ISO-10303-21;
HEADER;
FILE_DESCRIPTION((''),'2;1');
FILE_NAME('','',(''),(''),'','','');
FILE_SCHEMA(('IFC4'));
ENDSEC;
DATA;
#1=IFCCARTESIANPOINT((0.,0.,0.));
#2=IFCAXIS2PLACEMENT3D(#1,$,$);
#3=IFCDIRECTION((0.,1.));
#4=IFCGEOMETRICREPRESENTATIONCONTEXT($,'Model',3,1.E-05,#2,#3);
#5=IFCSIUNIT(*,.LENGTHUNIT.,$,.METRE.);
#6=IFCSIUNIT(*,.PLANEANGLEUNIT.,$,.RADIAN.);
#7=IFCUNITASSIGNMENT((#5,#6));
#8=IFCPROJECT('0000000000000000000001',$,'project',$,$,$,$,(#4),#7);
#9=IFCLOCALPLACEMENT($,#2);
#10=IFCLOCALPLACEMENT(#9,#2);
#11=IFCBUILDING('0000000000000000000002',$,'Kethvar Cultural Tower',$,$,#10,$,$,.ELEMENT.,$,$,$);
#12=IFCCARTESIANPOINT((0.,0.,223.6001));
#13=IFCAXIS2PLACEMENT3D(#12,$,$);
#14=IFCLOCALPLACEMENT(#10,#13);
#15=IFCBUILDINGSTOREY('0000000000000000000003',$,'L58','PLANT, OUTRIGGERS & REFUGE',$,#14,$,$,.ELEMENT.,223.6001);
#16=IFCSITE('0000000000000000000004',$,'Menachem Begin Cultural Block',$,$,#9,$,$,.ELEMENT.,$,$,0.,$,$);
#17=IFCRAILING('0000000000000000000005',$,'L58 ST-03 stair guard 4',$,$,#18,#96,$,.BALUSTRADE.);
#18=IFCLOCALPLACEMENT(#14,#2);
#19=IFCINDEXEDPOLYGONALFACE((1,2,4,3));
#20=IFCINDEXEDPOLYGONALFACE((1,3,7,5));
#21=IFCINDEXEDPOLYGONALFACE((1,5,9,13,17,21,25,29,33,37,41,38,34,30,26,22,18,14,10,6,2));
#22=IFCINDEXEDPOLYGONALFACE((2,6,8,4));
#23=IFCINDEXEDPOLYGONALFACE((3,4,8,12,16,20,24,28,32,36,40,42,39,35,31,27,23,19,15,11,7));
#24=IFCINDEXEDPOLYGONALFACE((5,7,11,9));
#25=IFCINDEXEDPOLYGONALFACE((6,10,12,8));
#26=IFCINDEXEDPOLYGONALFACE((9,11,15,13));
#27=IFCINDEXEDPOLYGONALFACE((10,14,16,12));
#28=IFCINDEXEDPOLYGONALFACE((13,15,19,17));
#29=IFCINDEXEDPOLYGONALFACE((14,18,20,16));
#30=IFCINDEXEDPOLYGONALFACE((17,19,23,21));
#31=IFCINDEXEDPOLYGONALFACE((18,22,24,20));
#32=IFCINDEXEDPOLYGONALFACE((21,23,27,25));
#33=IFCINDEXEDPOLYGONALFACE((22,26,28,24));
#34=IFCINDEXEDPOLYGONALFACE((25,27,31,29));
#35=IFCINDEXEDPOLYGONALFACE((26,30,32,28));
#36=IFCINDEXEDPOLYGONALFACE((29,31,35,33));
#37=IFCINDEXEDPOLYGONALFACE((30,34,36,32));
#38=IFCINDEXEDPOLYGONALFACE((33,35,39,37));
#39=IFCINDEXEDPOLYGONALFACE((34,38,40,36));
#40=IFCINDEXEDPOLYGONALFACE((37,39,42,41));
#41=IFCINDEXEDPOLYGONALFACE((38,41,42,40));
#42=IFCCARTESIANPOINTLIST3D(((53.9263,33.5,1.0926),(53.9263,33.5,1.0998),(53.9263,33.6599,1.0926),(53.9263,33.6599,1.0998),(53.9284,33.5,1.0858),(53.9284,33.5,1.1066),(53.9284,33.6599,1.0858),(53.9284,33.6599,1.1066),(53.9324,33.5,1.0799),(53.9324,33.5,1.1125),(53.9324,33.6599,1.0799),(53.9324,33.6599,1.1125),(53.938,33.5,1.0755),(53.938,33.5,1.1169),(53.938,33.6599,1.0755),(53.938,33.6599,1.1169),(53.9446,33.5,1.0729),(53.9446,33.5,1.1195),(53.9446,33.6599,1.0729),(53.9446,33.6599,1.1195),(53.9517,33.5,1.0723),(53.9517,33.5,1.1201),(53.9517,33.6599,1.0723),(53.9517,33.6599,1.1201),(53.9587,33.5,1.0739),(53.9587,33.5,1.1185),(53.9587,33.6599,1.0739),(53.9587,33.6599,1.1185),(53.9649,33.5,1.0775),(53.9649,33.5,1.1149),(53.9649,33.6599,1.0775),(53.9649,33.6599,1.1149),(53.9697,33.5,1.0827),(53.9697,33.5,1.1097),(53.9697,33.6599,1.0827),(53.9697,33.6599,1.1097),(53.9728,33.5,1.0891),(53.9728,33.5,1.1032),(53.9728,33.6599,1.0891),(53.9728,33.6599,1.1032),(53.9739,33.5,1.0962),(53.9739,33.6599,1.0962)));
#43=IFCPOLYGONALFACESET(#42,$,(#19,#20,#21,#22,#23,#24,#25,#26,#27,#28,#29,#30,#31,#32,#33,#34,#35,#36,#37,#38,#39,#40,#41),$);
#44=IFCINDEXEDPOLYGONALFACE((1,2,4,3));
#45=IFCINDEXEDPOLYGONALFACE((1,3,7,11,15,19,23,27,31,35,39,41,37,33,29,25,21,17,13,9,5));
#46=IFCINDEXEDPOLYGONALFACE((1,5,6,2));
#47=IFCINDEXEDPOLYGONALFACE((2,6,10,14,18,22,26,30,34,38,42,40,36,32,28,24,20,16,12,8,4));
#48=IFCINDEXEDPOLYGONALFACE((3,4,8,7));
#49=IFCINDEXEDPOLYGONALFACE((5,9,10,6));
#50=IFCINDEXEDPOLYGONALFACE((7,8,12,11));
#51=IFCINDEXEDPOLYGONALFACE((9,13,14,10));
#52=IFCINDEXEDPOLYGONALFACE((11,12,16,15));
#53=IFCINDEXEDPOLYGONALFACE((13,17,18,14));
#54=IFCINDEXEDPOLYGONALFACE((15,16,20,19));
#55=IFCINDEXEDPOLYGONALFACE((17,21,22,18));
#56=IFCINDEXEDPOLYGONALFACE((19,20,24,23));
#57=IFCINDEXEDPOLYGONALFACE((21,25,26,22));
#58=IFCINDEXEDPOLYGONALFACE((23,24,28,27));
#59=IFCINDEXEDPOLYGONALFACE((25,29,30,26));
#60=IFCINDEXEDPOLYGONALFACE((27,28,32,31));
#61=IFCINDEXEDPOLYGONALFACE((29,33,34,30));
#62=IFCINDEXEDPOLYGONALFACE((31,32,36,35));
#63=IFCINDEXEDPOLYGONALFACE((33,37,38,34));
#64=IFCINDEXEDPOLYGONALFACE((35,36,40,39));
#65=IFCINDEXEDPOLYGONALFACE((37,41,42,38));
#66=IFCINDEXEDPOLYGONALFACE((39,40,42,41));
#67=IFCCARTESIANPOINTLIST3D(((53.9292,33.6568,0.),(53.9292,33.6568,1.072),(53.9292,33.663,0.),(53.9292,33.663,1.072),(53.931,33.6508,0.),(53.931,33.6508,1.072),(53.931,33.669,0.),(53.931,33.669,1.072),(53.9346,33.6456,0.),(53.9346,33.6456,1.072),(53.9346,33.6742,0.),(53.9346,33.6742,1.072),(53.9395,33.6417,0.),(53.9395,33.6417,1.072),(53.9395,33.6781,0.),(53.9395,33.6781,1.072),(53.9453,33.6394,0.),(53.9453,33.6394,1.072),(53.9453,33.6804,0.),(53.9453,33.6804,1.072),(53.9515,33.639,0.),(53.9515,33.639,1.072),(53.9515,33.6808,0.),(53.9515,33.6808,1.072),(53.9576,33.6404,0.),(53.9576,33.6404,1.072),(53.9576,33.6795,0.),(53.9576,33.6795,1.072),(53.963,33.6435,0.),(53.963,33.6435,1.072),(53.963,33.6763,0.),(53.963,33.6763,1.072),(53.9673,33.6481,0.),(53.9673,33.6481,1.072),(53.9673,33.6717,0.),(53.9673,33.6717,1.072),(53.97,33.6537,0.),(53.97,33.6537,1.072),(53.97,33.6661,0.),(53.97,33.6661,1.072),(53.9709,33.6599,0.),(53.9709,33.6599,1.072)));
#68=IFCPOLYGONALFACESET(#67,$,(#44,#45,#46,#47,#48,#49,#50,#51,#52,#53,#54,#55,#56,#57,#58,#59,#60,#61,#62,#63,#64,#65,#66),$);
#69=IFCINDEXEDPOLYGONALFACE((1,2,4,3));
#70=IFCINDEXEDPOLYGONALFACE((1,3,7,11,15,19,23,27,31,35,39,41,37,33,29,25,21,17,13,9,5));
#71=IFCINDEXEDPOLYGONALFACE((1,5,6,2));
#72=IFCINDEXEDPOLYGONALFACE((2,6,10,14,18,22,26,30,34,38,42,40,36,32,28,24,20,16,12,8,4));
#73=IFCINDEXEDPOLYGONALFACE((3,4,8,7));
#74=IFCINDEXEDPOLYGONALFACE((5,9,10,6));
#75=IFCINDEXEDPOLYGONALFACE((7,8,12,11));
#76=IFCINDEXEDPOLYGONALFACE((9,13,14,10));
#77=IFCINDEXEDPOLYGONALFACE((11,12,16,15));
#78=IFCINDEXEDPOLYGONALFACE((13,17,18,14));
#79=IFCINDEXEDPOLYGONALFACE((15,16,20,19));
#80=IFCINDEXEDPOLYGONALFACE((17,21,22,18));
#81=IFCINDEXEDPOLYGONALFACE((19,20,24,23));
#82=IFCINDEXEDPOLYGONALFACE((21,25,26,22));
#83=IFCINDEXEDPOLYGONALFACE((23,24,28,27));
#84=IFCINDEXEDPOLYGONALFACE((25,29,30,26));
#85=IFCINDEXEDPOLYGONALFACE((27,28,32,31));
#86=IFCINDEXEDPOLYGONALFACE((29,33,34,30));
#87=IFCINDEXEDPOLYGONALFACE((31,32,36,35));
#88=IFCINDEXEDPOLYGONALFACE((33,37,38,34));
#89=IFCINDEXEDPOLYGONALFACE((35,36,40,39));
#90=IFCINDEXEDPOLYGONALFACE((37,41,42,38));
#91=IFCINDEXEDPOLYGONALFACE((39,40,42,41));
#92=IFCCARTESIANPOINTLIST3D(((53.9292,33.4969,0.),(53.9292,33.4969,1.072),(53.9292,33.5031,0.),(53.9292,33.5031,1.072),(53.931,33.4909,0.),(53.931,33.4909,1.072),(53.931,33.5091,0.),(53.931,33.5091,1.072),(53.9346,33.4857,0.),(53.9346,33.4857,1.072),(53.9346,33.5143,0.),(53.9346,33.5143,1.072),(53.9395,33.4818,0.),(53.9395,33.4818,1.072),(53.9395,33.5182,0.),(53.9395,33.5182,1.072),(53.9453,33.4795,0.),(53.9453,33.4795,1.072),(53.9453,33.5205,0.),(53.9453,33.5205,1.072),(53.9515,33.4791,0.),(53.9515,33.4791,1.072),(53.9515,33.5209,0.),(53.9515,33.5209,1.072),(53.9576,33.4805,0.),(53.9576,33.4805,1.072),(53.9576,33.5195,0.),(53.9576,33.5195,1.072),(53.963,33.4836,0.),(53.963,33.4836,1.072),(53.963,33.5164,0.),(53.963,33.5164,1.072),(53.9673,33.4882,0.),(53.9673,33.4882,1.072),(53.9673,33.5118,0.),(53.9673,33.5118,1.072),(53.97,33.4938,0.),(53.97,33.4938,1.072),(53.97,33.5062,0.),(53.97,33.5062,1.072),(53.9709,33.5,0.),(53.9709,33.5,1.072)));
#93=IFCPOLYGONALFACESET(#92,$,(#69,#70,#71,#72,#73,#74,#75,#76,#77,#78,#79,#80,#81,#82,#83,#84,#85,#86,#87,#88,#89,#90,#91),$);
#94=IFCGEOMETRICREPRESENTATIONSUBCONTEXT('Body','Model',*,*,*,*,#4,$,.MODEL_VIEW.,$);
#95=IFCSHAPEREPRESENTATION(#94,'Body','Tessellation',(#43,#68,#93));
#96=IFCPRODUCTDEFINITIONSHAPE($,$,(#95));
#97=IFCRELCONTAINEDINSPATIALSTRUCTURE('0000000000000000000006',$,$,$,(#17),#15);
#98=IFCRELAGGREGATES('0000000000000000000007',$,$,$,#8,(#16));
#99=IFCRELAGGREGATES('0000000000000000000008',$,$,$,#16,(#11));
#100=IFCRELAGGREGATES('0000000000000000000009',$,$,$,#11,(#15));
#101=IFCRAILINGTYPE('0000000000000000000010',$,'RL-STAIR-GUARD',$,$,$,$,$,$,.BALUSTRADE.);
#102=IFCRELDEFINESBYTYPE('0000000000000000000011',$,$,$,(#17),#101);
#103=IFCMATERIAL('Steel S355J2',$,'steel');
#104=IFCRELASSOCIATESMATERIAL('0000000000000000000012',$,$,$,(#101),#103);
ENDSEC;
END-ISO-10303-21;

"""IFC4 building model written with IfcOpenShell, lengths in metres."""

from ifc_helpers import new_model, si_unit, direction, frame, origin, origin_2d, place, context, subcontext, project, spatial, circle, extrude, material, type_object, element, save


model = new_model("IFC4")

# Units and contexts
model_context = context("Model", 3, precision=1e-05, world=origin(), true_north=direction((0.0, 1.0)))
body_context = subcontext(model_context, "Body", "Model", "MODEL_VIEW")
ifc_project = project(units=[si_unit("LENGTHUNIT", "METRE"), si_unit("PLANEANGLEUNIT", "RADIAN")], contexts=[model_context])

# Site, building, storey
site_placement = place(None, origin())
site = spatial("IfcSite", under=ifc_project, at=site_placement, Name="Menachem Begin Cultural Block", CompositionType="ELEMENT", RefElevation=0.0)
building_placement = place(site_placement, origin())
building = spatial("IfcBuilding", under=site, at=building_placement, Name="Kethvar Cultural Tower", CompositionType="ELEMENT")
storey_placement = place(building_placement, frame((0.0, 0.0, 223.6001)))
storey = spatial("IfcBuildingStorey", under=building, at=storey_placement, Name="L58", Description="PLANT, OUTRIGGERS & REFUGE", CompositionType="ELEMENT", Elevation=223.6001)

# Shared definitions
ifc_material_1 = material(Name="Steel S355J2", Category="steel")

# Railing
railing_type_1 = type_object("IfcRailingType", Name="RL-STAIR-GUARD", PredefinedType="BALUSTRADE", material=ifc_material_1)
railing_1_placement = place(storey_placement, frame((53.95, 33.6599, 0.0)))
element("IfcRailing", 1, at=railing_1_placement, inside=storey, type_object=railing_type_1, Name="L58 ST-03 stair guard 4", PredefinedType="BALUSTRADE", context=body_context, shape_type="SweptSolid", body=[
    extrude(circle(Radius=0.0239, at=origin_2d()), frame((0.0, 0.0, 1.0962), z_axis=(0.0, -1.0, 0.0), x_axis=(1.0, 0.0, 0.0)), (0.0, 0.0, 1.0), 0.1599),
    extrude(circle(Radius=0.021, at=origin_2d()), origin(), (0.0, 0.0, 1.0), 1.072),
    extrude(circle(Radius=0.021, at=origin_2d()), frame((0.0, -0.1599, 0.0)), (0.0, 0.0, 1.0), 1.072),
])

save(model, "model.ifc")
